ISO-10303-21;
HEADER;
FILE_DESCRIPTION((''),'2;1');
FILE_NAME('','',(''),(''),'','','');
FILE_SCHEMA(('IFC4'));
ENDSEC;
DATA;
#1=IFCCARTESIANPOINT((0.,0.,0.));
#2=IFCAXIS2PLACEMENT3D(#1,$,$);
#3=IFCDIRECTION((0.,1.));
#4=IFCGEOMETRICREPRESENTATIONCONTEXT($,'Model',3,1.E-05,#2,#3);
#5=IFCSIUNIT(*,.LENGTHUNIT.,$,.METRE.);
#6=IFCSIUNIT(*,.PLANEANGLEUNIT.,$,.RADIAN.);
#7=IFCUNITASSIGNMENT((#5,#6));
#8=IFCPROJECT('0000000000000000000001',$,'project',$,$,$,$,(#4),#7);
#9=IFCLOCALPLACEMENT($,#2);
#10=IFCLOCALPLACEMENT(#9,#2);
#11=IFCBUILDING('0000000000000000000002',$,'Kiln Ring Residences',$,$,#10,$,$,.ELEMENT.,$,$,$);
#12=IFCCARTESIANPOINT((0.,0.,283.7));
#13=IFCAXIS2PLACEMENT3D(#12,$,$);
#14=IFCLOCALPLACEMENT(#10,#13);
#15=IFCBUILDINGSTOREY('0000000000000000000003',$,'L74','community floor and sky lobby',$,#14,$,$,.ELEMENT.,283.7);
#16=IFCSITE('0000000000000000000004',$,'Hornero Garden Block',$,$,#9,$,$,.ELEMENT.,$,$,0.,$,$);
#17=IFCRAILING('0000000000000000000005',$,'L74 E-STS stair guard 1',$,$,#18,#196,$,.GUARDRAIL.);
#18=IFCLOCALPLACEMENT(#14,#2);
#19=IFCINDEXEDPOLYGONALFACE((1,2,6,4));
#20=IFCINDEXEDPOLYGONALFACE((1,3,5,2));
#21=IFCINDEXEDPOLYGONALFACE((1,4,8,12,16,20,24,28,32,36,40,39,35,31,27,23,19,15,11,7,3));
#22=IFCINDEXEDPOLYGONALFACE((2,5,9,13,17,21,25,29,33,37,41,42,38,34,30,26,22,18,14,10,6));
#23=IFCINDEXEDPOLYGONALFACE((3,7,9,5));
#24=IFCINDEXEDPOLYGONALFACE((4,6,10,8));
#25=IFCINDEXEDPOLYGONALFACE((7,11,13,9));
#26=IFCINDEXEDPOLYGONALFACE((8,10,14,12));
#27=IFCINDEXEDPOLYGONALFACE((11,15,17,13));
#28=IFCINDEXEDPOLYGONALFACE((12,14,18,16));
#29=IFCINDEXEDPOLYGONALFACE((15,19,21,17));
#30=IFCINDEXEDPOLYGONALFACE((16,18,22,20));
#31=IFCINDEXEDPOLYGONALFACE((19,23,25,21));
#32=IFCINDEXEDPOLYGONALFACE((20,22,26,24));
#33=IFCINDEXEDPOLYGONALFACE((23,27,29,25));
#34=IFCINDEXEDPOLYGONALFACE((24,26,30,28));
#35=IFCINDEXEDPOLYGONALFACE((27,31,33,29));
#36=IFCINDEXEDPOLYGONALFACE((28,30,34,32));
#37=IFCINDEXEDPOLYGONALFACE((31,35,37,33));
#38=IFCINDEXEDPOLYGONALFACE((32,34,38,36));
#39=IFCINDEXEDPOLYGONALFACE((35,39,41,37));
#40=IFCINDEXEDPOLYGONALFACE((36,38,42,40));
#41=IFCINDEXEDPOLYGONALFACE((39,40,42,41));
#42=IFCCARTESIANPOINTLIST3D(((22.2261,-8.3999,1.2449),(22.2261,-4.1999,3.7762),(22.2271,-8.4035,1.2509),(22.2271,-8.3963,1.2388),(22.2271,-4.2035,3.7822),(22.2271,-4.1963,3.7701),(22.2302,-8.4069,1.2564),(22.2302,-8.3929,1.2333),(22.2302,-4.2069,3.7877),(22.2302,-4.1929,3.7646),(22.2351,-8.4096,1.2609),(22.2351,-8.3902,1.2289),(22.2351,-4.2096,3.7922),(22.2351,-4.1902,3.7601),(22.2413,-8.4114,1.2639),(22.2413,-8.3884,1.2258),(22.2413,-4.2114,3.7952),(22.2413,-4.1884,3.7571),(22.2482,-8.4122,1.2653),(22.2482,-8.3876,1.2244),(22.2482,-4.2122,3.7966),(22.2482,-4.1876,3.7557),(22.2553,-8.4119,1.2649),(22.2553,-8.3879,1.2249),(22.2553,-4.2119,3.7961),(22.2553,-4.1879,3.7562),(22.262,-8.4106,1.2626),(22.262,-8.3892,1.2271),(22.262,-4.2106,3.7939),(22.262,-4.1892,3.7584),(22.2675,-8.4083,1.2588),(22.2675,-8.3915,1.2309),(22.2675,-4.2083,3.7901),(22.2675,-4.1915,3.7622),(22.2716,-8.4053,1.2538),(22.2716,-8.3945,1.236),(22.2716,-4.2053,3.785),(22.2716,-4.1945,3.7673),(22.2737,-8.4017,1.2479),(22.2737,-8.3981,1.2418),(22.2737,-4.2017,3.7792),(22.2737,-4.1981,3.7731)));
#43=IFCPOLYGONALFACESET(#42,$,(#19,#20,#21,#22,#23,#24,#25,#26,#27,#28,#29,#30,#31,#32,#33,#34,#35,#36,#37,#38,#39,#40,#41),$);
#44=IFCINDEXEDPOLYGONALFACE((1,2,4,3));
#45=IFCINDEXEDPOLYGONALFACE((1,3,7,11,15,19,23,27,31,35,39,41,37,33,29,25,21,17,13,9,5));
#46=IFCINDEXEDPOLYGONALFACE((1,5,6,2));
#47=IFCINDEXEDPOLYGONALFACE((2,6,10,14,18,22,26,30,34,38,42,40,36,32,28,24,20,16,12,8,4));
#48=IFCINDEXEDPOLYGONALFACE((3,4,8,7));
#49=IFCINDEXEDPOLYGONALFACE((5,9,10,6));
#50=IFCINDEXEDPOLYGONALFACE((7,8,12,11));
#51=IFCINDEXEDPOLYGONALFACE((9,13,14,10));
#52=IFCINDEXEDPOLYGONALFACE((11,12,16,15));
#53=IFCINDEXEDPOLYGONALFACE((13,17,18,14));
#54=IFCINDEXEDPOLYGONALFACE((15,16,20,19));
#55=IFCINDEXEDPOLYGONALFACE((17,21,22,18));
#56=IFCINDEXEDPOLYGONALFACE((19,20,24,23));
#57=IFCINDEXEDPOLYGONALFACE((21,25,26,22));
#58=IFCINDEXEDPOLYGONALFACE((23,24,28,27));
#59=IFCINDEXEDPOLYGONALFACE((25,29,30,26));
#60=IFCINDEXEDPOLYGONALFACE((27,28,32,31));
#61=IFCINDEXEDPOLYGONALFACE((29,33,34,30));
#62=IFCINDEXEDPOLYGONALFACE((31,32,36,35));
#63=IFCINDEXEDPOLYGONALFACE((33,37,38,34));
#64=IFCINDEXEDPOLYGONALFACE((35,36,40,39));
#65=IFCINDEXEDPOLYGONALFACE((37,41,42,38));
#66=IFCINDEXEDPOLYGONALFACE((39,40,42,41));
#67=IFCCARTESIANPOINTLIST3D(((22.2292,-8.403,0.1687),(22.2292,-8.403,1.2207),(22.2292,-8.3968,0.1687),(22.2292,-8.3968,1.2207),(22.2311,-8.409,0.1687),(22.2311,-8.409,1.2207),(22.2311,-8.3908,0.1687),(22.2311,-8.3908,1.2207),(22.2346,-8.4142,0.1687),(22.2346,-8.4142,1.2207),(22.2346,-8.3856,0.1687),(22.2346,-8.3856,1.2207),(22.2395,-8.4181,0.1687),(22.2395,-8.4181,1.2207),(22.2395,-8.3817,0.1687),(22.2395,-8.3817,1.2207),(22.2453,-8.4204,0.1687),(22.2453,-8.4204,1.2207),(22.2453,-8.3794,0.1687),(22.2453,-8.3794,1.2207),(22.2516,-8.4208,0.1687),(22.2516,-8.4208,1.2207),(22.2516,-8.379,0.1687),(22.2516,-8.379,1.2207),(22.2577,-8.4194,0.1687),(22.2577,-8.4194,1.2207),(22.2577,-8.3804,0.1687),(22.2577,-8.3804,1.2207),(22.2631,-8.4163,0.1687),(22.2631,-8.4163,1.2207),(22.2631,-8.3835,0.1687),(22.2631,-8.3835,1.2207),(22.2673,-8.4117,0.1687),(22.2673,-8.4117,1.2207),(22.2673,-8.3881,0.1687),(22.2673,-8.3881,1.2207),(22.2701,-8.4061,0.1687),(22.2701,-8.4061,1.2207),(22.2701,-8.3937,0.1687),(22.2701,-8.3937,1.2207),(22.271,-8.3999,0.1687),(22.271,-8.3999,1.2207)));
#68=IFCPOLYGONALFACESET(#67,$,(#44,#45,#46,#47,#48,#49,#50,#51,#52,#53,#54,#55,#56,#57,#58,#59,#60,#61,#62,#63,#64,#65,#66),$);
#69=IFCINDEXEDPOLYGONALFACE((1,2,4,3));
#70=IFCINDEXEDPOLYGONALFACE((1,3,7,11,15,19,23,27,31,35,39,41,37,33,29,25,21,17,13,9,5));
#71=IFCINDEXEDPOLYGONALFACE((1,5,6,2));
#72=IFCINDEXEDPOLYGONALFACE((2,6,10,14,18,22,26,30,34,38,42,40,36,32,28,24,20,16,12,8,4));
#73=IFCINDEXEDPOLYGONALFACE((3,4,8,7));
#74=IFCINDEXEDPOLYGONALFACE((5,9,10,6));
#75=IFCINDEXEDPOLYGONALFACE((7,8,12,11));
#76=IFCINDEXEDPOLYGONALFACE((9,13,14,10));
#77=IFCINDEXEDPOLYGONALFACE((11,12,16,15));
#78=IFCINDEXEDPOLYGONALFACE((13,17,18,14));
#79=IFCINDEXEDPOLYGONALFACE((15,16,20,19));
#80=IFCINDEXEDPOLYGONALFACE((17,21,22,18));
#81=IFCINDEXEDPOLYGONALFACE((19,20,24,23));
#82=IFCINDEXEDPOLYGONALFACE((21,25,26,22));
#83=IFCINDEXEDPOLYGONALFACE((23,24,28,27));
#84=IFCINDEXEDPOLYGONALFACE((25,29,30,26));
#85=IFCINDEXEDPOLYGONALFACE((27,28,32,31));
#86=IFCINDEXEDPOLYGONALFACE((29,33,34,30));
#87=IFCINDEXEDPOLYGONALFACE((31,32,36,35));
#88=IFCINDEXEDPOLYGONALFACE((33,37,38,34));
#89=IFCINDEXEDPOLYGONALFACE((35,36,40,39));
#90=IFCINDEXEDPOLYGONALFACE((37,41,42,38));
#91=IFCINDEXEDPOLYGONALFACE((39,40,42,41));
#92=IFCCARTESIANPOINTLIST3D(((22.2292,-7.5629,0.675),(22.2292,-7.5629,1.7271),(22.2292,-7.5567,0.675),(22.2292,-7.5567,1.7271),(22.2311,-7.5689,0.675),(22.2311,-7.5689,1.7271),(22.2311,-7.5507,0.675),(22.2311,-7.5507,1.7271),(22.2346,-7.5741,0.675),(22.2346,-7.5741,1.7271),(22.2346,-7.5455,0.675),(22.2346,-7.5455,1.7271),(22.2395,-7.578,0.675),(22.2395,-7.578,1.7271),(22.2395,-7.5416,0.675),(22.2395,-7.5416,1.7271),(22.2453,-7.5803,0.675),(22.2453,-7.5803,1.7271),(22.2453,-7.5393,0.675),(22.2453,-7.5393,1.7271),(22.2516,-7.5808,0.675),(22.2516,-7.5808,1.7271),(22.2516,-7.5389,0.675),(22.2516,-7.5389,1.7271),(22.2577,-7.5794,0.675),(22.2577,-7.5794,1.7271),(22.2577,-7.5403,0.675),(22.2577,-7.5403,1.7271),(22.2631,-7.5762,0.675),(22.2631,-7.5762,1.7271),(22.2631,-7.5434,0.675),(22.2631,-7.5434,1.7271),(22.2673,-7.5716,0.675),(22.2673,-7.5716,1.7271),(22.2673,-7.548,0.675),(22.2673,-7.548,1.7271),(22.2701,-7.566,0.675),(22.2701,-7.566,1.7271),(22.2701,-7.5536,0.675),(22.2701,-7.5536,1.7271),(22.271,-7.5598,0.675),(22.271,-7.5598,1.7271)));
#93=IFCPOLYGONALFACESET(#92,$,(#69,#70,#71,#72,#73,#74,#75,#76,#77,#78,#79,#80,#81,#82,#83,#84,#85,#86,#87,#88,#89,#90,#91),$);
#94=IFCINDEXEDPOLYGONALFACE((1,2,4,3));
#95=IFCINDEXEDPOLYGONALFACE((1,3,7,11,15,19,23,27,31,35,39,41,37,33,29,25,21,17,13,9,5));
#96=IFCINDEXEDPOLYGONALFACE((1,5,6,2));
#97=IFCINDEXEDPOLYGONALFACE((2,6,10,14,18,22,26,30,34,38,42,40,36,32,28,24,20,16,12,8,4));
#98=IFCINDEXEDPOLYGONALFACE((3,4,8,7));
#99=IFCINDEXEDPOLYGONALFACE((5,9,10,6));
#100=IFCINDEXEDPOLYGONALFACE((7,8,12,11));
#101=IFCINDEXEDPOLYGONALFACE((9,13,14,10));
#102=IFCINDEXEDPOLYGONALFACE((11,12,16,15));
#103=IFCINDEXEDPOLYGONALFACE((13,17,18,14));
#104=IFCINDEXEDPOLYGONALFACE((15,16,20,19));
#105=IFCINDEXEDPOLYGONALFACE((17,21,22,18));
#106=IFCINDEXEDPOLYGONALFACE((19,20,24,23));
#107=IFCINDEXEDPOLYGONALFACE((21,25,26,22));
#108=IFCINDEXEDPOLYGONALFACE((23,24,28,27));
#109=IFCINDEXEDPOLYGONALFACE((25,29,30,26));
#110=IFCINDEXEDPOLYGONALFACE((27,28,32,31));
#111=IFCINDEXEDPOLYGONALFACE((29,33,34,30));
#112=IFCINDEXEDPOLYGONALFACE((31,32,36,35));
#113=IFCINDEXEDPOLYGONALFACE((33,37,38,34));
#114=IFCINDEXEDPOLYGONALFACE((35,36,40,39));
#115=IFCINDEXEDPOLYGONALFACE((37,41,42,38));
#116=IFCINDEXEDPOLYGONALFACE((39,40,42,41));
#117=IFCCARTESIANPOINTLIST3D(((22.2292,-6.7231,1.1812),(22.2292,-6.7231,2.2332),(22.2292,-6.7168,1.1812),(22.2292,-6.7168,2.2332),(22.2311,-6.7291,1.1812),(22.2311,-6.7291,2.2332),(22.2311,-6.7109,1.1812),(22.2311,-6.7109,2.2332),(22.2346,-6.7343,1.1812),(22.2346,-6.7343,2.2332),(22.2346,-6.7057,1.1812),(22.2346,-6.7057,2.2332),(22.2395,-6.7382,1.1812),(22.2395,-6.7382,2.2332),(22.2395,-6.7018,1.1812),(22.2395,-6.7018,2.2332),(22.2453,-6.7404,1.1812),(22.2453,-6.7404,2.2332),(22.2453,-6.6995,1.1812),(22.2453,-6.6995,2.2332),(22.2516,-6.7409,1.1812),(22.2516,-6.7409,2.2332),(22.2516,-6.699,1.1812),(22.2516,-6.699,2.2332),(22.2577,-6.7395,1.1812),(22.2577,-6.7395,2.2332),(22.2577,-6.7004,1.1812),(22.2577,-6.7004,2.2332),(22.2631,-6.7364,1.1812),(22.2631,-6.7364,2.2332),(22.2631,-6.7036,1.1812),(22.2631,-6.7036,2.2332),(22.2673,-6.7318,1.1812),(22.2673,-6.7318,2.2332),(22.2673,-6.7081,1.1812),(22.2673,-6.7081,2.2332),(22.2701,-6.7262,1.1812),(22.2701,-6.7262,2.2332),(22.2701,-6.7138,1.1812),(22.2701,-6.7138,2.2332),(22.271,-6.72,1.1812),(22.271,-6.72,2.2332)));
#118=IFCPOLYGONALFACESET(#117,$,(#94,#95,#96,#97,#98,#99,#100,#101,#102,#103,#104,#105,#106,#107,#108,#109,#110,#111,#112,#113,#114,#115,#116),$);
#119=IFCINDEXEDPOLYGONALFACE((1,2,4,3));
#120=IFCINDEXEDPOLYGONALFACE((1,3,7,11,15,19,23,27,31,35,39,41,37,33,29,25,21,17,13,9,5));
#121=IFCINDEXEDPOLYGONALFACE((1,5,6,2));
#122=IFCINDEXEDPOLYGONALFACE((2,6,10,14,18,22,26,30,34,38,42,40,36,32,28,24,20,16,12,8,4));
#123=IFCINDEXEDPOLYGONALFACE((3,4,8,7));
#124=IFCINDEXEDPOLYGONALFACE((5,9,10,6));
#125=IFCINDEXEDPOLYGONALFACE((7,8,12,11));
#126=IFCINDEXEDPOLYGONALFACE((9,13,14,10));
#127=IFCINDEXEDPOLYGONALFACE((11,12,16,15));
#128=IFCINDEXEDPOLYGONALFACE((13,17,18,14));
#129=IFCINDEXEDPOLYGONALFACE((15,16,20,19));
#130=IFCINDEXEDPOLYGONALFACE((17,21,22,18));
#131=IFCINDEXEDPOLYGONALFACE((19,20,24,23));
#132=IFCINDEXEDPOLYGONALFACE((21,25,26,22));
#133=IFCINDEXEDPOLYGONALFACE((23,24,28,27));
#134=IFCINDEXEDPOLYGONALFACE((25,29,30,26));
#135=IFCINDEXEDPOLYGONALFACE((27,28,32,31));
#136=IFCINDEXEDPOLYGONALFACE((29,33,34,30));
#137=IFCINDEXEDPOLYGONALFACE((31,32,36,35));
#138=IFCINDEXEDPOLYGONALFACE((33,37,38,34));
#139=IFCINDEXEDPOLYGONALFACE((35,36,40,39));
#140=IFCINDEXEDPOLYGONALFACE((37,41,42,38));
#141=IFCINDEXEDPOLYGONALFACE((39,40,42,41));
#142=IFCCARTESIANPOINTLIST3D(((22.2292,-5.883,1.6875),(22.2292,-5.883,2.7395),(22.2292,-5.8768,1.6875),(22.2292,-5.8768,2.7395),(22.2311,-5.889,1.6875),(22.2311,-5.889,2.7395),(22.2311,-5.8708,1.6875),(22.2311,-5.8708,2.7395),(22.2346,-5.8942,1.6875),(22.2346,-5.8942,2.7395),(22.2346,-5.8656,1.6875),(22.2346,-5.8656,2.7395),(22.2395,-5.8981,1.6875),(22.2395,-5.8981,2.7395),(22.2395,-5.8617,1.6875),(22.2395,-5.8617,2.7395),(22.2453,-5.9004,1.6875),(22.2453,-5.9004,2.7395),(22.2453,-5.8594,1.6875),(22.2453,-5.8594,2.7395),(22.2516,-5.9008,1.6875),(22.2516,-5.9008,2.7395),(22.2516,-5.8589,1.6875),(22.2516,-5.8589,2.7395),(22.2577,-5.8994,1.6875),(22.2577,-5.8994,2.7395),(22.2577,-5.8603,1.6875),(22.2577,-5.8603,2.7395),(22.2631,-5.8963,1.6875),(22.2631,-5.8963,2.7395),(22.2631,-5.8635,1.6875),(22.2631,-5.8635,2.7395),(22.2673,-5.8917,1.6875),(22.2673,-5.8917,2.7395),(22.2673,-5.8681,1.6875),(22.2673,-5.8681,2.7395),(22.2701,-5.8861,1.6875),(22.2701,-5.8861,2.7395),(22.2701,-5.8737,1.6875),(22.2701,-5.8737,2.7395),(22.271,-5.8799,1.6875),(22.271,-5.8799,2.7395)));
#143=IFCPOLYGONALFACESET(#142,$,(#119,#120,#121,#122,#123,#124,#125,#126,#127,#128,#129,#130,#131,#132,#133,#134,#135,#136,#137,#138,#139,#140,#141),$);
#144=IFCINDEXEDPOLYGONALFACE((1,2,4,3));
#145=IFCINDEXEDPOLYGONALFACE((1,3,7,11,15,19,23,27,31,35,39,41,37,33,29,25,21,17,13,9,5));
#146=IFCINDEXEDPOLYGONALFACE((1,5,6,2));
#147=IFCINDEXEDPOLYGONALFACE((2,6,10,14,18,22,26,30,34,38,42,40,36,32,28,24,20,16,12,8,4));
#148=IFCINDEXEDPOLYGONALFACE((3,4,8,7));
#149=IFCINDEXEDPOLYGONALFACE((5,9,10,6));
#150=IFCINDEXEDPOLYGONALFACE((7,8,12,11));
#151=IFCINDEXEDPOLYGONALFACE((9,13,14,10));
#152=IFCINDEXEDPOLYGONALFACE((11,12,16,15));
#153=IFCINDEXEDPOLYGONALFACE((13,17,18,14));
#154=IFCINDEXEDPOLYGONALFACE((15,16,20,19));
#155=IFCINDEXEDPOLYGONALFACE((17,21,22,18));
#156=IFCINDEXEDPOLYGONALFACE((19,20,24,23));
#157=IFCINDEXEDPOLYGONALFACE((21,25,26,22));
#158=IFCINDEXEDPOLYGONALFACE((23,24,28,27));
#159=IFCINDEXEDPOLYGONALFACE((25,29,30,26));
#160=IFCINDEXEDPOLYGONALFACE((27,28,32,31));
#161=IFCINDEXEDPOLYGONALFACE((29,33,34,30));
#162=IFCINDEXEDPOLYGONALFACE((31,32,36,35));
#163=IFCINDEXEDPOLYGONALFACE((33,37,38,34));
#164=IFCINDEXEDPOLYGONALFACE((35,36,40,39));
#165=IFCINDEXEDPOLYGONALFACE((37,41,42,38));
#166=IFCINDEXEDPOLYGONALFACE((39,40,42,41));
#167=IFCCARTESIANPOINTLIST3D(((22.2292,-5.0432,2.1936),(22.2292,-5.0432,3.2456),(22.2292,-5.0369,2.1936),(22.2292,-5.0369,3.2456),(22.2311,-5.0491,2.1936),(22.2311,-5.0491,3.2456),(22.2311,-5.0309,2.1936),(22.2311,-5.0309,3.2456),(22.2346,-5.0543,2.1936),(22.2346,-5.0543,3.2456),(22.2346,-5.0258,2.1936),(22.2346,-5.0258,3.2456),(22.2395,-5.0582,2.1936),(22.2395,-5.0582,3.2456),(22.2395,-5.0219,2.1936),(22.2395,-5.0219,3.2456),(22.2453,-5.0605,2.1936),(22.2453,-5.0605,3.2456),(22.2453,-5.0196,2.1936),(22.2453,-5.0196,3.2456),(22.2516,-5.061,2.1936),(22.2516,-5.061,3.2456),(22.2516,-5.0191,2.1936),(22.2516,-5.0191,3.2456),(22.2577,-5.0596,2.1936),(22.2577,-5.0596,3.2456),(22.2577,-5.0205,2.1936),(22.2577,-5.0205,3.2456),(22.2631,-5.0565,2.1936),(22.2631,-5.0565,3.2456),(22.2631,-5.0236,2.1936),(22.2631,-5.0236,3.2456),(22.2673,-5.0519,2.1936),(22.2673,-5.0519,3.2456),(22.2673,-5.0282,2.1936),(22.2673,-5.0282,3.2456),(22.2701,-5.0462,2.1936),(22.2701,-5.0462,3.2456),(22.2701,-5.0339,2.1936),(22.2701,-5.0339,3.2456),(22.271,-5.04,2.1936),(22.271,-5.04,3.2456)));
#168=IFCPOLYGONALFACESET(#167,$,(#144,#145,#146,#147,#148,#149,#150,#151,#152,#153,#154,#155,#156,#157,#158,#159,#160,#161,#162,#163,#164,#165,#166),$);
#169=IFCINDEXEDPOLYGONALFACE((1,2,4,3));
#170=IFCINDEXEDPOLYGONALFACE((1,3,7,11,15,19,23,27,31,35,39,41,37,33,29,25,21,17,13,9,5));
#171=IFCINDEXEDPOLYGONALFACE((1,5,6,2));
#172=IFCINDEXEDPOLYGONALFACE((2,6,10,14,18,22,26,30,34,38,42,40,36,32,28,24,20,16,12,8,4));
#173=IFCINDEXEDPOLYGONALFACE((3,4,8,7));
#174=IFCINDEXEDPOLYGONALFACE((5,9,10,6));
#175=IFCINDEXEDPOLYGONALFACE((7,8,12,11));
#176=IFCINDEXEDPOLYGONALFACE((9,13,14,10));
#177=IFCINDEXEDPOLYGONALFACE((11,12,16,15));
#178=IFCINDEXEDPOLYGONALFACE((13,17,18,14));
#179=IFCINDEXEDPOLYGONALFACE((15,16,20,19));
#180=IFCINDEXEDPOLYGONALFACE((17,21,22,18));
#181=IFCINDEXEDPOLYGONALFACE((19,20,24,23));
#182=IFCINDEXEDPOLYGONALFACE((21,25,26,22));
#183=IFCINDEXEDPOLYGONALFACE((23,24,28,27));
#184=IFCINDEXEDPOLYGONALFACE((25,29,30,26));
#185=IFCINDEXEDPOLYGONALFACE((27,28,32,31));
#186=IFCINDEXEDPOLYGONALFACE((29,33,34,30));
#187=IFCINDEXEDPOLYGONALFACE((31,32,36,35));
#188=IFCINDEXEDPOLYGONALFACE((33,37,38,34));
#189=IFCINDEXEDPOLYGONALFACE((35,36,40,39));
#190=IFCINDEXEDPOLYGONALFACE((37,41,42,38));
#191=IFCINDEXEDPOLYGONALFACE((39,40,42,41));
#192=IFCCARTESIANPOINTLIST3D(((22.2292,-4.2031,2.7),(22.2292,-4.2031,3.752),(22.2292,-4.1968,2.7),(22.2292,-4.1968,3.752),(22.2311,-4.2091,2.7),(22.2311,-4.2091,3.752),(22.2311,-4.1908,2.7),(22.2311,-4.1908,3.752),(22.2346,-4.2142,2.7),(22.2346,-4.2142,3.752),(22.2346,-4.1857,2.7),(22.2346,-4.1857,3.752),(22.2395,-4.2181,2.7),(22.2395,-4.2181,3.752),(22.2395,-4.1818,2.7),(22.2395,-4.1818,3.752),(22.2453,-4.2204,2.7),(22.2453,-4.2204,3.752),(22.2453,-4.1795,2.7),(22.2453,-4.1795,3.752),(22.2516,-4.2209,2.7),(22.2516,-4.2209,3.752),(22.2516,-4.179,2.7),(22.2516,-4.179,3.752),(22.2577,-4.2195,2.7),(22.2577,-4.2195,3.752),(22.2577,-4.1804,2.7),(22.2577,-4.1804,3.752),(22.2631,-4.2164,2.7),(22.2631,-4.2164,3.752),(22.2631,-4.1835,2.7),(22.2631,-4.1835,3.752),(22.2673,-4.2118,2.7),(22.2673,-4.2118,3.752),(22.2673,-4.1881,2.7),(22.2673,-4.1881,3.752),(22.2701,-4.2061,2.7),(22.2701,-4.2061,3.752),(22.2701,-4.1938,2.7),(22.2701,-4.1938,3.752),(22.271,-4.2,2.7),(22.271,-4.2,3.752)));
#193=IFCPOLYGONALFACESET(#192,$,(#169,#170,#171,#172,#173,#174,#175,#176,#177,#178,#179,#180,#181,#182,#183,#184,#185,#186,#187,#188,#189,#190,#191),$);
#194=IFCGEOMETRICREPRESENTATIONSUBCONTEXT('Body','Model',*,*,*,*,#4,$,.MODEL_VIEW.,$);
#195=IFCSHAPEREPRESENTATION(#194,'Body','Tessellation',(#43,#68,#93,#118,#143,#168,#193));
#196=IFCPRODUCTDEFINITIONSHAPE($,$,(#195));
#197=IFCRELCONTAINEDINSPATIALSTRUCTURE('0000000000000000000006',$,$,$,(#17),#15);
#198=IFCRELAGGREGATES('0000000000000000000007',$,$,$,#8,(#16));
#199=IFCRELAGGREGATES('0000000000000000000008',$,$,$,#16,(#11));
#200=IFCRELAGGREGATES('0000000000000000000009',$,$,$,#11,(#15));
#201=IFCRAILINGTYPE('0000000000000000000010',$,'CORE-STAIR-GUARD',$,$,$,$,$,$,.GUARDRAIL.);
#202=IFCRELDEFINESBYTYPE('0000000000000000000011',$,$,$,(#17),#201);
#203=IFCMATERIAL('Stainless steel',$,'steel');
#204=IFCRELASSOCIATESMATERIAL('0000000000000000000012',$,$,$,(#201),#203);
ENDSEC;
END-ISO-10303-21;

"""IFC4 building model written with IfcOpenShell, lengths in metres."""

from ifc_helpers import new_model, si_unit, direction, frame, origin, origin_2d, place, context, subcontext, project, spatial, circle, extrude, material, type_object, element, save


model = new_model("IFC4")

# Units and contexts
model_context = context("Model", 3, precision=1e-05, world=origin(), true_north=direction((0.0, 1.0)))
body_context = subcontext(model_context, "Body", "Model", "MODEL_VIEW")
ifc_project = project(units=[si_unit("LENGTHUNIT", "METRE"), si_unit("PLANEANGLEUNIT", "RADIAN")], contexts=[model_context])

# Site, building, storey
site_placement = place(None, origin())
site = spatial("IfcSite", under=ifc_project, at=site_placement, Name="Hornero Garden Block", CompositionType="ELEMENT", RefElevation=0.0)
building_placement = place(site_placement, origin())
building = spatial("IfcBuilding", under=site, at=building_placement, Name="Kiln Ring Residences", CompositionType="ELEMENT")
storey_placement = place(building_placement, frame((0.0, 0.0, 283.7)))
storey = spatial("IfcBuildingStorey", under=building, at=storey_placement, Name="L74", Description="community floor and sky lobby", CompositionType="ELEMENT", Elevation=283.7)

# Railing
ifc_material_1 = material(Name="Stainless steel", Category="steel")
railing_type_1 = type_object("IfcRailingType", Name="CORE-STAIR-GUARD", PredefinedType="GUARDRAIL", material=ifc_material_1)
railing_1_placement = place(storey_placement, frame((22.25, -8.3999, 0.1687)))
element("IfcRailing", 1, at=railing_1_placement, inside=storey, type_object=railing_type_1, Name="L74 E-STS stair guard 1", PredefinedType="GUARDRAIL", context=body_context, shape_type="SweptSolid", body=[
    extrude(circle(Radius=0.0239, at=origin_2d()), frame((0.0, 0.0, 1.0762), z_axis=(0.0, 0.856476, 0.516186), x_axis=(-1.0, 0.0, 0.0)), (0.0, 0.0, 1.0), 4.9038),
    extrude(circle(Radius=0.021, at=origin_2d()), origin(), (0.0, 0.0, 1.0), 1.052),
    extrude(circle(Radius=0.021, at=origin_2d()), frame((0.0, 0.8401, 0.5063)), (0.0, 0.0, 1.0), 1.052),
    extrude(circle(Radius=0.021, at=origin_2d()), frame((0.0, 1.6799, 1.0125)), (0.0, 0.0, 1.0), 1.052),
    extrude(circle(Radius=0.021, at=origin_2d()), frame((0.0, 2.52, 1.5188)), (0.0, 0.0, 1.0), 1.052),
    extrude(circle(Radius=0.021, at=origin_2d()), frame((0.0, 3.3599, 2.0249)), (0.0, 0.0, 1.0), 1.052),
    extrude(circle(Radius=0.021, at=origin_2d()), frame((0.0, 4.2, 2.5312)), (0.0, 0.0, 1.0), 1.052),
])

save(model, "model.ifc")
